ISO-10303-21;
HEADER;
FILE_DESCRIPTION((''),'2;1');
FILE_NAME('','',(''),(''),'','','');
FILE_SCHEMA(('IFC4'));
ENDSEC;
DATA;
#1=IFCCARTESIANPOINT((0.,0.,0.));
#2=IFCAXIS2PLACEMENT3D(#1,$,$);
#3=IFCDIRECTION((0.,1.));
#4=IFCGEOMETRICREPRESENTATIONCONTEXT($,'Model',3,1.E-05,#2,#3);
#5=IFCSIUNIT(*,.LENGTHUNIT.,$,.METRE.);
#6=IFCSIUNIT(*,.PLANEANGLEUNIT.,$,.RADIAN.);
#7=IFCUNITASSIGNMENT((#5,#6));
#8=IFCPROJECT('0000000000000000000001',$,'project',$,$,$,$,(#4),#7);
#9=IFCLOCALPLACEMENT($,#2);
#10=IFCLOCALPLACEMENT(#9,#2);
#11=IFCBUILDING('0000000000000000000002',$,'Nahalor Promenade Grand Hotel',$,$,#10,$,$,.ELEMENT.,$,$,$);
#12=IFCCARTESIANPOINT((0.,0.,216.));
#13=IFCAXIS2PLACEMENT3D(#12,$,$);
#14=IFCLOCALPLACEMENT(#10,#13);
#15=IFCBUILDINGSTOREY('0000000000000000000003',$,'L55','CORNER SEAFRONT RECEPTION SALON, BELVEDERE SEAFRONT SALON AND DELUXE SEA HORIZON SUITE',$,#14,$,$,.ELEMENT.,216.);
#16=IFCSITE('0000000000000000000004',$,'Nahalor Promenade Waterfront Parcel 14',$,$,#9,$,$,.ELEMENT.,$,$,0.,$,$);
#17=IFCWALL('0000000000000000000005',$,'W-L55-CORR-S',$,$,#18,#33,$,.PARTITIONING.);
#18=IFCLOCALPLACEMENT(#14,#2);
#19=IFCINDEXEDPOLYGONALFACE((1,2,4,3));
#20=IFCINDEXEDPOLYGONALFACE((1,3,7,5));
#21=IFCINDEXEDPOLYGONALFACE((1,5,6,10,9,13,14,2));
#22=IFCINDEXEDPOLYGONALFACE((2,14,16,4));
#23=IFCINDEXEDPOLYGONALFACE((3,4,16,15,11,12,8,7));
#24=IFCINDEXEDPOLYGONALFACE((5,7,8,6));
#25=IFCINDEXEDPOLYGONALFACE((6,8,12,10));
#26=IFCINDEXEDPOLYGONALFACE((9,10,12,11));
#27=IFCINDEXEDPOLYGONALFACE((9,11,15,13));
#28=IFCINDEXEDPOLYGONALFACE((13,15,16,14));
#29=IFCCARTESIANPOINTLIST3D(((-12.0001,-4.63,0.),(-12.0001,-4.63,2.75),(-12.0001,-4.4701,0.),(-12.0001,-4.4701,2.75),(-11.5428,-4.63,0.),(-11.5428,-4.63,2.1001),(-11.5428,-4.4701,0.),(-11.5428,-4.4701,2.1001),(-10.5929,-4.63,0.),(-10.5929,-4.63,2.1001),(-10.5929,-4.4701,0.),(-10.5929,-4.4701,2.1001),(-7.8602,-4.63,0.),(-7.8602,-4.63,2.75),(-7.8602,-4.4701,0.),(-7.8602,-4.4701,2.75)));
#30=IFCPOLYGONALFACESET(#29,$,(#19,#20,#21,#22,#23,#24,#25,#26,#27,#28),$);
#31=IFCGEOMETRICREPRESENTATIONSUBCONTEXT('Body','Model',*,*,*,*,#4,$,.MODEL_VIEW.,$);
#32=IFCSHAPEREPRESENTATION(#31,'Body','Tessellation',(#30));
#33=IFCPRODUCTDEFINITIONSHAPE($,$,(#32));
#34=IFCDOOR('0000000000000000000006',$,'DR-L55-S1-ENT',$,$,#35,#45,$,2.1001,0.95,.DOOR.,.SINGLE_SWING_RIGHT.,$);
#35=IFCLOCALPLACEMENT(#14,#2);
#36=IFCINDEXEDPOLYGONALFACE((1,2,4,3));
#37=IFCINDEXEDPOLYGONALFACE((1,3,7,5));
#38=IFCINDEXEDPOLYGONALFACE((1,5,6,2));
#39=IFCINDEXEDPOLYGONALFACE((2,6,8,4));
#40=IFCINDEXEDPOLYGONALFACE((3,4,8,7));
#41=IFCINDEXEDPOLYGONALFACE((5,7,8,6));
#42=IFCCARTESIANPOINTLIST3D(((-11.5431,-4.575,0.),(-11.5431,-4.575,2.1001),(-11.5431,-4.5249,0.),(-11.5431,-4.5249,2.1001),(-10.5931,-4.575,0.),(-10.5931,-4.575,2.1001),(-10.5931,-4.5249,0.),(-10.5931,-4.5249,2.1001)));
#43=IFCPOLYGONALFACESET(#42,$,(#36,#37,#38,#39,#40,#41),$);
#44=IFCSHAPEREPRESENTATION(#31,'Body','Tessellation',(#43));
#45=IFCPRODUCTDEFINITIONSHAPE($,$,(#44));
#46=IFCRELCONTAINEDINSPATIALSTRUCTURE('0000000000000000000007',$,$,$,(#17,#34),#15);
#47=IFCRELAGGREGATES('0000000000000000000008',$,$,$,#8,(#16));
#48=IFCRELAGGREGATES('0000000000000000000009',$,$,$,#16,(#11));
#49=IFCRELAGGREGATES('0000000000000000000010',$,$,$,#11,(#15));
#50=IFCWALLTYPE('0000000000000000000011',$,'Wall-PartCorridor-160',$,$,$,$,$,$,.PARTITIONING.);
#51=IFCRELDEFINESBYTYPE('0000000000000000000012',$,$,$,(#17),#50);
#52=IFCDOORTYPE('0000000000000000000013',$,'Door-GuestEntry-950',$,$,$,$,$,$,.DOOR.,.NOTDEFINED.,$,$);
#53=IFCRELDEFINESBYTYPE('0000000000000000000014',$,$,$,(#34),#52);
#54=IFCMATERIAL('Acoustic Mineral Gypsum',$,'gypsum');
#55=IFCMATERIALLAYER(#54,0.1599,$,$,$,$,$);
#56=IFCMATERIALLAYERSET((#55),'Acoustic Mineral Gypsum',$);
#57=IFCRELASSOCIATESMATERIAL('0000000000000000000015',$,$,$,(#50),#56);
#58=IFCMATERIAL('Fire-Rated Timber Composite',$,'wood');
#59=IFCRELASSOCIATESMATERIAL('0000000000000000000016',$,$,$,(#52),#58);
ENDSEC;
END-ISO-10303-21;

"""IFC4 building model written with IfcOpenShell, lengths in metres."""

from ifc_helpers import new_model, si_unit, direction, frame, frame_2d, origin, place, context, subcontext, project, spatial, rectangle, extrude, source, transform, mapped, material, layer, layer_set, type_object, element, fill, save


model = new_model("IFC4")

# Units and contexts
model_context = context("Model", 3, precision=1e-05, world=origin(), true_north=direction((0.0, 1.0)))
body_context = subcontext(model_context, "Body", "Model", "MODEL_VIEW")
ifc_project = project(units=[si_unit("LENGTHUNIT", "METRE"), si_unit("PLANEANGLEUNIT", "RADIAN")], contexts=[model_context])

# Site, building, storey
site_placement = place(None, origin())
site = spatial("IfcSite", under=ifc_project, at=site_placement, Name="Nahalor Promenade Waterfront Parcel 14", CompositionType="ELEMENT", RefElevation=0.0)
building_placement = place(site_placement, origin())
building = spatial("IfcBuilding", under=site, at=building_placement, Name="Nahalor Promenade Grand Hotel", CompositionType="ELEMENT")
storey_placement = place(building_placement, frame((0.0, 0.0, 216.0)))
storey = spatial("IfcBuildingStorey", under=building, at=storey_placement, Name="L55", Description="CORNER SEAFRONT RECEPTION SALON, BELVEDERE SEAFRONT SALON AND DELUXE SEA HORIZON SUITE", CompositionType="ELEMENT", Elevation=216.0)

# Shared definitions
ifc_material_1 = material(Name="Acoustic Mineral Gypsum", Category="gypsum")
ifc_layer_1 = layer(ifc_material_1, 0.1599)
ifc_layer_set_1 = layer_set([ifc_layer_1], Name="Acoustic Mineral Gypsum")
wall_type_1 = type_object("IfcWallType", Name="Wall-PartCorridor-160", PredefinedType="PARTITIONING", material=ifc_layer_set_1)
ifc_material_2 = material(Name="Fire-Rated Timber Composite", Category="wood")
door_type_1 = type_object("IfcDoorType", Name="Door-GuestEntry-950", OperationType="NOTDEFINED", PredefinedType="DOOR", material=ifc_material_2)
shared_shape_1 = source(origin(), body_context, "Body", "SweptSolid", [
    extrude(rectangle(XDim=0.95, YDim=2.1001, at=frame_2d((0.4751, 1.05))), frame((0.0, 0.0249, 0.0), z_axis=(0.0, -1.0, 0.0), x_axis=(1.0, 0.0, 0.0)), (0.0, 0.0, 1.0), 0.05),
])

# Wall, opening, door
shared_shape_2 = source(origin(), body_context, "Body", "SweptSolid", [
    extrude(rectangle(XDim=4.1399, YDim=0.1599, at=frame_2d((2.0698, 0.0))), origin(), (0.0, 0.0, 1.0), 2.75),
])
wall_1_placement = place(storey_placement, frame((-12.0, -4.55, 0.0), z_axis=(0.0, 0.0, 1.0), x_axis=(1.0, 0.0, 0.0)))
wall_1 = element("IfcWall", 1, at=wall_1_placement, inside=storey, type_object=wall_type_1, Name="W-L55-CORR-S", PredefinedType="PARTITIONING", context=body_context, shape_type="MappedRepresentation", body=[
    mapped(shared_shape_2, transform((0.0, 0.0, 0.0), scale=1.0)),
])
opening_1_placement = place(wall_1_placement, frame((0.457, 0.0, 0.0)))
opening_1 = element("IfcOpeningElement", 2, at=opening_1_placement, cuts=wall_1, PredefinedType="OPENING", context=body_context, shape_type="SweptSolid", body=[
    extrude(rectangle(XDim=0.95, YDim=2.1001, at=frame_2d((0.4751, 1.05))), frame((0.0, 0.0898, 0.0), z_axis=(0.0, -1.0, 0.0), x_axis=(1.0, 0.0, 0.0)), (0.0, 0.0, 1.0), 0.1799),
])
door_1_placement = place(opening_1_placement, frame((0.95, 0.0, 0.0), z_axis=(0.0, 0.0, 1.0), x_axis=(-1.0, 0.0, 0.0)))
door_1 = element("IfcDoor", 3, at=door_1_placement, inside=storey, type_object=door_type_1, Name="DR-L55-S1-ENT", OperationType="SINGLE_SWING_RIGHT", OverallHeight=2.1001, OverallWidth=0.95, PredefinedType="DOOR", context=body_context, shape_type="MappedRepresentation", body=[
    mapped(shared_shape_1, transform((0.0, 0.0, 0.0), scale=1.0)),
])
fill(opening_1, door_1)

save(model, "model.ifc")
